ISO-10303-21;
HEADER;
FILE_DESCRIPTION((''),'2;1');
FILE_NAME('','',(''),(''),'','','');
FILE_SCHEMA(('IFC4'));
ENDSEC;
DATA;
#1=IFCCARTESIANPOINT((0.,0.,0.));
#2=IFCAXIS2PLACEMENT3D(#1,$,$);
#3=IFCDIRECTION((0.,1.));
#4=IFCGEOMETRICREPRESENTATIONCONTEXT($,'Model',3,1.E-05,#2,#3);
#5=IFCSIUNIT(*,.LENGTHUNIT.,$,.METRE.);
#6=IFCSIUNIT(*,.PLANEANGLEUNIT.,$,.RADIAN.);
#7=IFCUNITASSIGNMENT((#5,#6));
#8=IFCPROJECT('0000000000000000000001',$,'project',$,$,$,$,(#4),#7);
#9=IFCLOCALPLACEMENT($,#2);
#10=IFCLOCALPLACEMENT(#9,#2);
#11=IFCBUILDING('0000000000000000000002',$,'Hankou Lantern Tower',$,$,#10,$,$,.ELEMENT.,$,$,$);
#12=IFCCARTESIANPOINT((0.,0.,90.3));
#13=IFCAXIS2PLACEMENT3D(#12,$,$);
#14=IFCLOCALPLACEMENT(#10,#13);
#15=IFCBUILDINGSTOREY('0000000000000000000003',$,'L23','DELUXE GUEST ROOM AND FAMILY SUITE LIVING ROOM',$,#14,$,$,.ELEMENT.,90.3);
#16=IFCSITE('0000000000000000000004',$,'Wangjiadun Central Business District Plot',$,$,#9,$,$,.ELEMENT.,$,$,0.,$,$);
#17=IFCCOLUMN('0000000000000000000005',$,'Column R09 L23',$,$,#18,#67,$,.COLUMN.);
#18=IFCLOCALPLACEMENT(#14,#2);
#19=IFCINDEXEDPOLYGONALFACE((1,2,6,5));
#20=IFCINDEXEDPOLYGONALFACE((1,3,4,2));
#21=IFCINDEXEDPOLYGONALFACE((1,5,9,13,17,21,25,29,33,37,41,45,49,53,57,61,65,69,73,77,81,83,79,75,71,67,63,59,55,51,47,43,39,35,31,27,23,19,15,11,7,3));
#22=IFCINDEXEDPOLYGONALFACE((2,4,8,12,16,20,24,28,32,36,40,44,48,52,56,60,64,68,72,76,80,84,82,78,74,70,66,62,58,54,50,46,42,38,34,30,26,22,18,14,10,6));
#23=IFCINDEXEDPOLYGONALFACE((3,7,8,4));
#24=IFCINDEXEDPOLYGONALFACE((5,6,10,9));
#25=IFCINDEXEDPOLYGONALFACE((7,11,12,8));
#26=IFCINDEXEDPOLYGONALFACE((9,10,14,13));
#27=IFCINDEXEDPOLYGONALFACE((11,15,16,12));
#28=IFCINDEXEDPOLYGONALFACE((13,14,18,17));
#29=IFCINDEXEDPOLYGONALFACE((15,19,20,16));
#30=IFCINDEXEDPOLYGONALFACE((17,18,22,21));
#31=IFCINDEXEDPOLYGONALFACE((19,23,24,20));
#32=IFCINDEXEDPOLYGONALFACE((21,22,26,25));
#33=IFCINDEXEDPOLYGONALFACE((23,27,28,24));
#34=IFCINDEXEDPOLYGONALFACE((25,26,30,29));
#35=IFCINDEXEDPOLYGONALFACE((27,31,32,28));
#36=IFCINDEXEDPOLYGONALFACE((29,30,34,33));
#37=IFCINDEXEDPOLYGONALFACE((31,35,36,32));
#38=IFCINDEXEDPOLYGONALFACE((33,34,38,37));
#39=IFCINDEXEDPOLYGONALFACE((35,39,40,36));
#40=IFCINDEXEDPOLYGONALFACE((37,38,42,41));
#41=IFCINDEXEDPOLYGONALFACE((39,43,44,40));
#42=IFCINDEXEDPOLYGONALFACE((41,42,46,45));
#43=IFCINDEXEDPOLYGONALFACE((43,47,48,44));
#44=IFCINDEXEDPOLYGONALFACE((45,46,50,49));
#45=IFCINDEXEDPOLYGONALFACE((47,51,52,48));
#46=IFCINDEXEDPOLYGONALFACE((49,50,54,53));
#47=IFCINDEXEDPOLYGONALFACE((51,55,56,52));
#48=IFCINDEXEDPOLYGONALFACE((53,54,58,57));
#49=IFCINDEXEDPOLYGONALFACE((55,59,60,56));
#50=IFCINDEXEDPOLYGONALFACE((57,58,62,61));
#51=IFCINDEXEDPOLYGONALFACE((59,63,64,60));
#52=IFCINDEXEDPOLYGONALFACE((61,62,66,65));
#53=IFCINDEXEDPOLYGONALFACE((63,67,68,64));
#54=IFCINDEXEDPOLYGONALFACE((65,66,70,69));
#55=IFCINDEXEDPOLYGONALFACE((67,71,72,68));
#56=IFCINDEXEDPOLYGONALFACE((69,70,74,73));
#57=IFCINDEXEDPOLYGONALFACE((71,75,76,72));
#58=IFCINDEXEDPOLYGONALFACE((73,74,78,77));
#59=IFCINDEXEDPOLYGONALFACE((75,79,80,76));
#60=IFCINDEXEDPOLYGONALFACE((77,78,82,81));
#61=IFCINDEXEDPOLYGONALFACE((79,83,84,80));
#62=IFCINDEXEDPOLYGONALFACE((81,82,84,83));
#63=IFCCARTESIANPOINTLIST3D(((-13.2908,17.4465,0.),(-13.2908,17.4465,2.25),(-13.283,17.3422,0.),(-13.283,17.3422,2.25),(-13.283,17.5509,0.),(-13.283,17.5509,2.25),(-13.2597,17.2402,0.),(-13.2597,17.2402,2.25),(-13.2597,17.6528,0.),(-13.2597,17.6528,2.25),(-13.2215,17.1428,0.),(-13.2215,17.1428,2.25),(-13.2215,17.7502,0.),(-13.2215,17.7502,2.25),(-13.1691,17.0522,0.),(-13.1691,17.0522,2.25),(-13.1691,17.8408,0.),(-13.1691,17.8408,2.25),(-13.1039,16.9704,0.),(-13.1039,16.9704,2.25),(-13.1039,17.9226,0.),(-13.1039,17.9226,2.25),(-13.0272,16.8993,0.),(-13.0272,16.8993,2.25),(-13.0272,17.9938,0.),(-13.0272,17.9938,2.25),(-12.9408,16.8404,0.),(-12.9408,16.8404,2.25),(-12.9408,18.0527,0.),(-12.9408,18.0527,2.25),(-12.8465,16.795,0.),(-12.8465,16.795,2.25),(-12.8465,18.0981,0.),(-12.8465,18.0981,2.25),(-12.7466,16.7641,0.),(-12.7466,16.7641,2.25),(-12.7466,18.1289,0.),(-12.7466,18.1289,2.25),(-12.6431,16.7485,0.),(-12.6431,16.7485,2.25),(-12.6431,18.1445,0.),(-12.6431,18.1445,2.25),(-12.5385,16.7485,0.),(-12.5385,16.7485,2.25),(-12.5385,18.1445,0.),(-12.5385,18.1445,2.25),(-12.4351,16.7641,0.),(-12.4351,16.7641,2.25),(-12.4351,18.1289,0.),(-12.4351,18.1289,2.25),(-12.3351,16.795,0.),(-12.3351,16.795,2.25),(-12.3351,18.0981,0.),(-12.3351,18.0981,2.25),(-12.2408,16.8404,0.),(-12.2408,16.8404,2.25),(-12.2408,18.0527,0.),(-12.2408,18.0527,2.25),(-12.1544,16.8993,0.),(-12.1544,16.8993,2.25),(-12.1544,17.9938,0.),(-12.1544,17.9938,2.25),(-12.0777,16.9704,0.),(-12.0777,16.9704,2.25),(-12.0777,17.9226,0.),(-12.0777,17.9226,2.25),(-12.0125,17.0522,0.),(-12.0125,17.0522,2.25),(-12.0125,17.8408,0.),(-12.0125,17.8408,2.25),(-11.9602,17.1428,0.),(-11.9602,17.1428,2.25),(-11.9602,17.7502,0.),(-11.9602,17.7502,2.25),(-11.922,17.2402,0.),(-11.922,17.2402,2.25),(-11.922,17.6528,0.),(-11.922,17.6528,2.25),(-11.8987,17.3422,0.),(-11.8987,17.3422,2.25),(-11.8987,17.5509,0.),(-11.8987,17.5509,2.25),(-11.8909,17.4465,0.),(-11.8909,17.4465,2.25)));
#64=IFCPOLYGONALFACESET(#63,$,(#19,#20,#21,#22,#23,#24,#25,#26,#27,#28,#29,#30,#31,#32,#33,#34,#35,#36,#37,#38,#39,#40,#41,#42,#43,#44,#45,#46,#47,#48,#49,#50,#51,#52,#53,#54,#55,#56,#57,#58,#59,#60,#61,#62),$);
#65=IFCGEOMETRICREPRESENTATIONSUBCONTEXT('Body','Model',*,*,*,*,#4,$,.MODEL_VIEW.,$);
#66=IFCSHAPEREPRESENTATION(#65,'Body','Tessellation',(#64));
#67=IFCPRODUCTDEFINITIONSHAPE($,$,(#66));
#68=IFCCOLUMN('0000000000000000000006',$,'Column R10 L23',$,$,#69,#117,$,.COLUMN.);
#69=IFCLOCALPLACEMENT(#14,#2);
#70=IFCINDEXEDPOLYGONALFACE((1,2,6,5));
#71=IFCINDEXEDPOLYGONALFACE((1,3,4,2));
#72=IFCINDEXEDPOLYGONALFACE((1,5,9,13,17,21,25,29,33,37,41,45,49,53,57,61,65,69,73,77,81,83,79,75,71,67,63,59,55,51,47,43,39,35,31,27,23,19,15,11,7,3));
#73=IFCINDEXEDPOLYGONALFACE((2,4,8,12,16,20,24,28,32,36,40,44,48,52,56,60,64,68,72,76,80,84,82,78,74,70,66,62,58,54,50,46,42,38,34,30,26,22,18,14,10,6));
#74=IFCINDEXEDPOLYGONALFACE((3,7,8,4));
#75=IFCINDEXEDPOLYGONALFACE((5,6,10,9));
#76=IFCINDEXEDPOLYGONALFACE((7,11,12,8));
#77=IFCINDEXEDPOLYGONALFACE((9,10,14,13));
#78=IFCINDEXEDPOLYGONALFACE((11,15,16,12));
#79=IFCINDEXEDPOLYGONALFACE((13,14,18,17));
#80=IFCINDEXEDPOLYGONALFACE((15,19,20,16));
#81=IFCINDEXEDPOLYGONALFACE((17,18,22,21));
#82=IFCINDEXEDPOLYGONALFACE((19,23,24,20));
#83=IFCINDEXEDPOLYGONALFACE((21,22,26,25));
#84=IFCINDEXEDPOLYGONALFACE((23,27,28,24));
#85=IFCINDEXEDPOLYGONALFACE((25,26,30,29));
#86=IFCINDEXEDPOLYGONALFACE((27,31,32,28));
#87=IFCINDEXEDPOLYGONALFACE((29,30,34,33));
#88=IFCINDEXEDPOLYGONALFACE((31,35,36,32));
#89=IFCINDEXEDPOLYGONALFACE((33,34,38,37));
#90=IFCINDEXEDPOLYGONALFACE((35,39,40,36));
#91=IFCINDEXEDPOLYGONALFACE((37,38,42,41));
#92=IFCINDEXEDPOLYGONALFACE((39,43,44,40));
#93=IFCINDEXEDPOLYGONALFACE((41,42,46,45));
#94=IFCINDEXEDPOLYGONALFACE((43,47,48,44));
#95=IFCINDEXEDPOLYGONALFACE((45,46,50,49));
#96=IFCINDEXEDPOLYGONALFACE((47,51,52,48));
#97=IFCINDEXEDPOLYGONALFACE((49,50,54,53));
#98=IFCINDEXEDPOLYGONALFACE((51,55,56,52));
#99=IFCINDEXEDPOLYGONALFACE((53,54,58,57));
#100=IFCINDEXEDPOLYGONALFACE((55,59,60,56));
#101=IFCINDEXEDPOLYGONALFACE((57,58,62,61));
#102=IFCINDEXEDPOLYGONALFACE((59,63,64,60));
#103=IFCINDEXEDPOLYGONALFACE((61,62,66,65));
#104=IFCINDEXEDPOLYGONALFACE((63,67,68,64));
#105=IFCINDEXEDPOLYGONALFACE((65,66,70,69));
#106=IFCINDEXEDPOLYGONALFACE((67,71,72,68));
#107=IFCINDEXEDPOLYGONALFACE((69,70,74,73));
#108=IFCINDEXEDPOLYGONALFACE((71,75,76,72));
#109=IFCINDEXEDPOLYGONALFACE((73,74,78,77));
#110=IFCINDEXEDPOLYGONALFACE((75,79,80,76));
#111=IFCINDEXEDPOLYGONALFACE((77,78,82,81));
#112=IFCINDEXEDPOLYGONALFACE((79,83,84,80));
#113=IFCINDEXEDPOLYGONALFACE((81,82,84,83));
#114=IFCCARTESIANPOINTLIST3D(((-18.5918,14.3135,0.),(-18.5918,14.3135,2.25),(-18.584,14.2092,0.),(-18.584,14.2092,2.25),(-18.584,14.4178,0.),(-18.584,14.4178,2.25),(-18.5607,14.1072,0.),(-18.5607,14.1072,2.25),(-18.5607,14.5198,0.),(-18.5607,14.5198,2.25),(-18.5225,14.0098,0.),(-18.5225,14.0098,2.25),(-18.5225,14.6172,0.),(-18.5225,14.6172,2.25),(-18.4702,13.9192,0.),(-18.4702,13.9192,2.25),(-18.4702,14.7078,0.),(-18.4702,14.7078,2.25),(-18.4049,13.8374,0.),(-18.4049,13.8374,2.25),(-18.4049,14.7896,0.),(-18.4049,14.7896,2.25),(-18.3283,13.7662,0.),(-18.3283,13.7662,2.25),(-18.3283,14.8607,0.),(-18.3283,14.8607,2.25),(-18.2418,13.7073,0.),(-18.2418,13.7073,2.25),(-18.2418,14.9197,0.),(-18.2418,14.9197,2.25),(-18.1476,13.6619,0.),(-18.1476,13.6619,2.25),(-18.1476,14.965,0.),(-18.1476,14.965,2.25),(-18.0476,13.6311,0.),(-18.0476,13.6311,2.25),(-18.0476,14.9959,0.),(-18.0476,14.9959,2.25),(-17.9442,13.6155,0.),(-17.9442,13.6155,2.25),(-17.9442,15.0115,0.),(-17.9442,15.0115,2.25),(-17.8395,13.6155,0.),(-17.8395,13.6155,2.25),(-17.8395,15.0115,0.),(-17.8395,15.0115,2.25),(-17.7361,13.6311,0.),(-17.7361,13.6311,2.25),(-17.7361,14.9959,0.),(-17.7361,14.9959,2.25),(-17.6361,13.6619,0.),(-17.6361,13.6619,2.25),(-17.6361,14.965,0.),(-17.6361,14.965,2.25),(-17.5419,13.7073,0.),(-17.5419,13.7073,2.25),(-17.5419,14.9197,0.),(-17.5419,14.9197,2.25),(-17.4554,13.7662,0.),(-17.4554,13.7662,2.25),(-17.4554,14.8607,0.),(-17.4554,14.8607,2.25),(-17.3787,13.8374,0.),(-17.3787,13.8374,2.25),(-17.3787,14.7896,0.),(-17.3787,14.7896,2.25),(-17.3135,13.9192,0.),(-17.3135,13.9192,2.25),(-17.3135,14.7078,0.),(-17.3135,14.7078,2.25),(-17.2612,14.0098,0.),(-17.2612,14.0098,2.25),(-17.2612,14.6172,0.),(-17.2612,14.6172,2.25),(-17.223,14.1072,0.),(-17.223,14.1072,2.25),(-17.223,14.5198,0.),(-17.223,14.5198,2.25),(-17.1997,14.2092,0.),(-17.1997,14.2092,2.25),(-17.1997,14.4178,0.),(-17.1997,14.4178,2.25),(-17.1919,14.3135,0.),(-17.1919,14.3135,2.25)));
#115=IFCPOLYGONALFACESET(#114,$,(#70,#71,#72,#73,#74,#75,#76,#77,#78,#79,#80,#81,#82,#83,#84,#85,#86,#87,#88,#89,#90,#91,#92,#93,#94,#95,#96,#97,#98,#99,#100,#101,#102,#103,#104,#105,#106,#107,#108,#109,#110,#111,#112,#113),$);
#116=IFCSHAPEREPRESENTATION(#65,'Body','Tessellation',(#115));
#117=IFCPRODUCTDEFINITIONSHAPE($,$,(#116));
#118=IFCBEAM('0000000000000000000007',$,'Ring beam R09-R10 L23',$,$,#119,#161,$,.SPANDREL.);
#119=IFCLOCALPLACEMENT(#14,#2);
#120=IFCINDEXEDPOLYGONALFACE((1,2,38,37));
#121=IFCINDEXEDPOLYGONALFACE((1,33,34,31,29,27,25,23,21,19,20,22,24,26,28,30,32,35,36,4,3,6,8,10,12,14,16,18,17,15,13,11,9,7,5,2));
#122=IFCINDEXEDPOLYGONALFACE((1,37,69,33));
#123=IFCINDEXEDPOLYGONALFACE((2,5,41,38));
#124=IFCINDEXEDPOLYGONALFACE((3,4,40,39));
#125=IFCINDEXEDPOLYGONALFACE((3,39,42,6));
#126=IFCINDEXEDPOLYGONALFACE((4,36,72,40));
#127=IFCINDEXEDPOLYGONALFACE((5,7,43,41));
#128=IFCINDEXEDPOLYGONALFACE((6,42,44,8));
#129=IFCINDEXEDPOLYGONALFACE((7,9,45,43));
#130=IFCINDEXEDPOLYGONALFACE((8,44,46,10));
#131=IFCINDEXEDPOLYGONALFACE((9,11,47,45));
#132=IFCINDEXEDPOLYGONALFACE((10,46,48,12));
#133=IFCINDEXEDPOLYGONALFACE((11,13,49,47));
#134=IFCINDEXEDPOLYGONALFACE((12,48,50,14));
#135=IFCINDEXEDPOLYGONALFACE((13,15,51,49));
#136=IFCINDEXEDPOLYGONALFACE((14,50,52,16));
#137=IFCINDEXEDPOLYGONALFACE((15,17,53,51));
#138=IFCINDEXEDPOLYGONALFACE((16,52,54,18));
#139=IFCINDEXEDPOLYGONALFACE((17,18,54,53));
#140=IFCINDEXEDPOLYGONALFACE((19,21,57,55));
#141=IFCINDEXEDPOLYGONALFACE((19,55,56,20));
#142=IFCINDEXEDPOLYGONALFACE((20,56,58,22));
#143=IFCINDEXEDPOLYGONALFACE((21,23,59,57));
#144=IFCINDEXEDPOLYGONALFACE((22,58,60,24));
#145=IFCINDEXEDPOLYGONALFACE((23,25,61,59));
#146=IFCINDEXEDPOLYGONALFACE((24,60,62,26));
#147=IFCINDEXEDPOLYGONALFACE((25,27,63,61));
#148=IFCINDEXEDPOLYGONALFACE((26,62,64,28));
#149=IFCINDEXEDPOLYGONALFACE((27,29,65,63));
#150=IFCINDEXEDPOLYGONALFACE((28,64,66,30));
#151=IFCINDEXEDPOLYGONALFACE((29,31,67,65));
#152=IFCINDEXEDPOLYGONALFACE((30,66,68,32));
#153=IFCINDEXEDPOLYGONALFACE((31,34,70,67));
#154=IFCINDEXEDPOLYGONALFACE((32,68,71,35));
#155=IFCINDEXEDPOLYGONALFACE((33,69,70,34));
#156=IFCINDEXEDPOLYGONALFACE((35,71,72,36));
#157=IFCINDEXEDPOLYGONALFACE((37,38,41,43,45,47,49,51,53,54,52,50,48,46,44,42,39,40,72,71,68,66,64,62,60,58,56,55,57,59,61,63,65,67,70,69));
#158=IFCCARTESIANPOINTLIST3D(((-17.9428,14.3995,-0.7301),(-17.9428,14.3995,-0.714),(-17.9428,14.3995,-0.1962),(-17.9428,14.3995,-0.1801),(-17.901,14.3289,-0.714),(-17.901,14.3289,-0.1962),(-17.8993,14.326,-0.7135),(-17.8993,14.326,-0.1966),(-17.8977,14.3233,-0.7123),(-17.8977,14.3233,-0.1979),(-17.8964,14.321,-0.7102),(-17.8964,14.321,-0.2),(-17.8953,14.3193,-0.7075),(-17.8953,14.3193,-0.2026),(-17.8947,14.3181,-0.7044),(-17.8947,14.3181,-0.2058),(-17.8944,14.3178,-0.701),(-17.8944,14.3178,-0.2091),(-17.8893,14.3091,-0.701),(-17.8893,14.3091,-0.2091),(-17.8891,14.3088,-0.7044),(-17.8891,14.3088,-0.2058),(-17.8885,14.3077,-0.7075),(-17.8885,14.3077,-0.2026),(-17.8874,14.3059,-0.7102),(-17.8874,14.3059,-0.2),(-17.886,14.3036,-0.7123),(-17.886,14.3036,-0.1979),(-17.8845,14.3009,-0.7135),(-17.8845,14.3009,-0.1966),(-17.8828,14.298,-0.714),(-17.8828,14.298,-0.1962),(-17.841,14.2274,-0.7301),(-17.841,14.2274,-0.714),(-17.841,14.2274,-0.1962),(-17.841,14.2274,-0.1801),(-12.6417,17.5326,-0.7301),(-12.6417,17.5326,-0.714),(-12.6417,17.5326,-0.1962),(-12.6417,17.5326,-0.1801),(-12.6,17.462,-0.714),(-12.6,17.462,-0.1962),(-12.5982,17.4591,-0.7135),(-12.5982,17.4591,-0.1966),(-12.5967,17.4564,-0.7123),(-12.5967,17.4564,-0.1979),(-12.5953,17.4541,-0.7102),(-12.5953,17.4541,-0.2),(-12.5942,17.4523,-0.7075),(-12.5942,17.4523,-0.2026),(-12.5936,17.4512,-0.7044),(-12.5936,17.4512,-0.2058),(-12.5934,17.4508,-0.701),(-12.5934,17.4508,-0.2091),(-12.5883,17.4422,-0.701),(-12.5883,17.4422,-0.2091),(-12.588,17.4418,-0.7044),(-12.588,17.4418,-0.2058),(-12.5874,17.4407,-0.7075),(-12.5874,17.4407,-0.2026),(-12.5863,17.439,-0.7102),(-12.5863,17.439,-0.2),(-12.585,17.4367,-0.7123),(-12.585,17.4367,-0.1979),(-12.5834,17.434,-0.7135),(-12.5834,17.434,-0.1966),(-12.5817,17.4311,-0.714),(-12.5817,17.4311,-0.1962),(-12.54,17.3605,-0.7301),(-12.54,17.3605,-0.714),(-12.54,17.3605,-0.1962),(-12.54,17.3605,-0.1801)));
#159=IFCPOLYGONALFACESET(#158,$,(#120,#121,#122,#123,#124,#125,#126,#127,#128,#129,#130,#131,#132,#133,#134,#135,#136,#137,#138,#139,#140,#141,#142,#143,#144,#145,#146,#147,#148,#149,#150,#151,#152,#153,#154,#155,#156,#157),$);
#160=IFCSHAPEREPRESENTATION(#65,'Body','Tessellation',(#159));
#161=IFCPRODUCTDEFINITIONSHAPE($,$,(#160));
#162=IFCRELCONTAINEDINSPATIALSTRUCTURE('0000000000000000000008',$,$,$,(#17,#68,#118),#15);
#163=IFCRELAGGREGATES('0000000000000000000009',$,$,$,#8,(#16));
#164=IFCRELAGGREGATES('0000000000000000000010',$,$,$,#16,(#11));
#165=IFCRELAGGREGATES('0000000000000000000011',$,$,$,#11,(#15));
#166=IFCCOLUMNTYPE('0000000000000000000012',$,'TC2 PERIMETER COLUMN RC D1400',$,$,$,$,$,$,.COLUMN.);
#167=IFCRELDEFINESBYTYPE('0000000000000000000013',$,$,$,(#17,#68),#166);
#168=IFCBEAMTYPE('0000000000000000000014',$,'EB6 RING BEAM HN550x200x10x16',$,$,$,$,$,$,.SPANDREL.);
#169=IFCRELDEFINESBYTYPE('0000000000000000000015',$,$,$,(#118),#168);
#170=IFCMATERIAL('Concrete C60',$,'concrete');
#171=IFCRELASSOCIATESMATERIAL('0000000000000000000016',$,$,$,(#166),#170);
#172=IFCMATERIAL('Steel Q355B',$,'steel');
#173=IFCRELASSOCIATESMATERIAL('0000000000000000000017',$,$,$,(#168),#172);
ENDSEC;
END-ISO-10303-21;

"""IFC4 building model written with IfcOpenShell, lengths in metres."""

from ifc_helpers import new_model, si_unit, direction, frame, origin, origin_2d, place, context, subcontext, project, spatial, circle, i_section, extrude, clip, halfspace, material, material_profile, profile_set, type_object, element, save


model = new_model("IFC4")

# Units and contexts
model_context = context("Model", 3, precision=1e-05, world=origin(), true_north=direction((0.0, 1.0)))
body_context = subcontext(model_context, "Body", "Model", "MODEL_VIEW")
ifc_project = project(units=[si_unit("LENGTHUNIT", "METRE"), si_unit("PLANEANGLEUNIT", "RADIAN")], contexts=[model_context])

# Site, building, storey
site_placement = place(None, origin())
site = spatial("IfcSite", under=ifc_project, at=site_placement, Name="Wangjiadun Central Business District Plot", CompositionType="ELEMENT", RefElevation=0.0)
building_placement = place(site_placement, origin())
building = spatial("IfcBuilding", under=site, at=building_placement, Name="Hankou Lantern Tower", CompositionType="ELEMENT")
storey_placement = place(building_placement, frame((0.0, 0.0, 90.3)))
storey = spatial("IfcBuildingStorey", under=building, at=storey_placement, Name="L23", Description="DELUXE GUEST ROOM AND FAMILY SUITE LIVING ROOM", CompositionType="ELEMENT", Elevation=90.3)

# Columns
ifc_material_1 = material(Name="Concrete C60", Category="concrete")
ifc_material_profile_1 = material_profile(ifc_material_1, circle(Radius=0.7, at=origin_2d()), Name="RC D1400")
ifc_profile_set_1 = profile_set([ifc_material_profile_1], Name="Concrete C60")
column_type = type_object("IfcColumnType", Name="TC2 PERIMETER COLUMN RC D1400", PredefinedType="COLUMN", material=ifc_profile_set_1)
for number, where, z_axis, x_axis, name in (
    (1, (-12.5908, 17.4465, 0.0), (0.0, 0.0, 1.0), (1.0, 0.0, 0.0), "Column R09 L23"),
    (2, (-17.8918, 14.3135, 0.0), (0.0, 0.0, 1.0), (1.0, 0.0, 0.0), "Column R10 L23"),
):
    element("IfcColumn", number, at=place(storey_placement, frame(where, z_axis=z_axis, x_axis=x_axis)), inside=storey, type_object=column_type, Name=name, PredefinedType="COLUMN", context=body_context, shape_type="Clipping", body=[
        clip(extrude(circle(Radius=0.7, at=origin_2d()), origin(), (0.0, 0.0, 1.0), 3.3), halfspace(frame((0.0, 0.0, 2.25), z_axis=(0.0, 0.0, 1.0), x_axis=(1.0, 0.0, 0.0)), False)),
    ])

# Beam
ifc_material_2 = material(Name="Steel Q355B", Category="steel")
ifc_material_profile_2 = material_profile(ifc_material_2, i_section(OverallWidth=0.2, OverallDepth=0.55, WebThickness=0.01, FlangeThickness=0.0161, FilletRadius=0.0129, at=origin_2d()), Name="HN550x200x10x16")
ifc_profile_set_2 = profile_set([ifc_material_profile_2], Name="Steel Q355B")
beam_type_1 = type_object("IfcBeamType", Name="EB6 RING BEAM HN550x200x10x16", PredefinedType="SPANDREL", material=ifc_profile_set_2)
beam_1_placement = place(storey_placement, frame((-12.5908, 17.4465, -0.4551), z_axis=(-0.860882, -0.508805, 0.0), x_axis=(0.508805, -0.860882, 0.0)))
element("IfcBeam", 3, at=beam_1_placement, inside=storey, type_object=beam_type_1, Name="Ring beam R09-R10 L23", PredefinedType="SPANDREL", context=body_context, shape_type="SweptSolid", body=[
    extrude(i_section(OverallWidth=0.2, OverallDepth=0.55, WebThickness=0.01, FlangeThickness=0.0161, FilletRadius=0.0129, at=origin_2d()), origin(), (0.0, 0.0, 1.0), 6.1577),
])

save(model, "model.ifc")
